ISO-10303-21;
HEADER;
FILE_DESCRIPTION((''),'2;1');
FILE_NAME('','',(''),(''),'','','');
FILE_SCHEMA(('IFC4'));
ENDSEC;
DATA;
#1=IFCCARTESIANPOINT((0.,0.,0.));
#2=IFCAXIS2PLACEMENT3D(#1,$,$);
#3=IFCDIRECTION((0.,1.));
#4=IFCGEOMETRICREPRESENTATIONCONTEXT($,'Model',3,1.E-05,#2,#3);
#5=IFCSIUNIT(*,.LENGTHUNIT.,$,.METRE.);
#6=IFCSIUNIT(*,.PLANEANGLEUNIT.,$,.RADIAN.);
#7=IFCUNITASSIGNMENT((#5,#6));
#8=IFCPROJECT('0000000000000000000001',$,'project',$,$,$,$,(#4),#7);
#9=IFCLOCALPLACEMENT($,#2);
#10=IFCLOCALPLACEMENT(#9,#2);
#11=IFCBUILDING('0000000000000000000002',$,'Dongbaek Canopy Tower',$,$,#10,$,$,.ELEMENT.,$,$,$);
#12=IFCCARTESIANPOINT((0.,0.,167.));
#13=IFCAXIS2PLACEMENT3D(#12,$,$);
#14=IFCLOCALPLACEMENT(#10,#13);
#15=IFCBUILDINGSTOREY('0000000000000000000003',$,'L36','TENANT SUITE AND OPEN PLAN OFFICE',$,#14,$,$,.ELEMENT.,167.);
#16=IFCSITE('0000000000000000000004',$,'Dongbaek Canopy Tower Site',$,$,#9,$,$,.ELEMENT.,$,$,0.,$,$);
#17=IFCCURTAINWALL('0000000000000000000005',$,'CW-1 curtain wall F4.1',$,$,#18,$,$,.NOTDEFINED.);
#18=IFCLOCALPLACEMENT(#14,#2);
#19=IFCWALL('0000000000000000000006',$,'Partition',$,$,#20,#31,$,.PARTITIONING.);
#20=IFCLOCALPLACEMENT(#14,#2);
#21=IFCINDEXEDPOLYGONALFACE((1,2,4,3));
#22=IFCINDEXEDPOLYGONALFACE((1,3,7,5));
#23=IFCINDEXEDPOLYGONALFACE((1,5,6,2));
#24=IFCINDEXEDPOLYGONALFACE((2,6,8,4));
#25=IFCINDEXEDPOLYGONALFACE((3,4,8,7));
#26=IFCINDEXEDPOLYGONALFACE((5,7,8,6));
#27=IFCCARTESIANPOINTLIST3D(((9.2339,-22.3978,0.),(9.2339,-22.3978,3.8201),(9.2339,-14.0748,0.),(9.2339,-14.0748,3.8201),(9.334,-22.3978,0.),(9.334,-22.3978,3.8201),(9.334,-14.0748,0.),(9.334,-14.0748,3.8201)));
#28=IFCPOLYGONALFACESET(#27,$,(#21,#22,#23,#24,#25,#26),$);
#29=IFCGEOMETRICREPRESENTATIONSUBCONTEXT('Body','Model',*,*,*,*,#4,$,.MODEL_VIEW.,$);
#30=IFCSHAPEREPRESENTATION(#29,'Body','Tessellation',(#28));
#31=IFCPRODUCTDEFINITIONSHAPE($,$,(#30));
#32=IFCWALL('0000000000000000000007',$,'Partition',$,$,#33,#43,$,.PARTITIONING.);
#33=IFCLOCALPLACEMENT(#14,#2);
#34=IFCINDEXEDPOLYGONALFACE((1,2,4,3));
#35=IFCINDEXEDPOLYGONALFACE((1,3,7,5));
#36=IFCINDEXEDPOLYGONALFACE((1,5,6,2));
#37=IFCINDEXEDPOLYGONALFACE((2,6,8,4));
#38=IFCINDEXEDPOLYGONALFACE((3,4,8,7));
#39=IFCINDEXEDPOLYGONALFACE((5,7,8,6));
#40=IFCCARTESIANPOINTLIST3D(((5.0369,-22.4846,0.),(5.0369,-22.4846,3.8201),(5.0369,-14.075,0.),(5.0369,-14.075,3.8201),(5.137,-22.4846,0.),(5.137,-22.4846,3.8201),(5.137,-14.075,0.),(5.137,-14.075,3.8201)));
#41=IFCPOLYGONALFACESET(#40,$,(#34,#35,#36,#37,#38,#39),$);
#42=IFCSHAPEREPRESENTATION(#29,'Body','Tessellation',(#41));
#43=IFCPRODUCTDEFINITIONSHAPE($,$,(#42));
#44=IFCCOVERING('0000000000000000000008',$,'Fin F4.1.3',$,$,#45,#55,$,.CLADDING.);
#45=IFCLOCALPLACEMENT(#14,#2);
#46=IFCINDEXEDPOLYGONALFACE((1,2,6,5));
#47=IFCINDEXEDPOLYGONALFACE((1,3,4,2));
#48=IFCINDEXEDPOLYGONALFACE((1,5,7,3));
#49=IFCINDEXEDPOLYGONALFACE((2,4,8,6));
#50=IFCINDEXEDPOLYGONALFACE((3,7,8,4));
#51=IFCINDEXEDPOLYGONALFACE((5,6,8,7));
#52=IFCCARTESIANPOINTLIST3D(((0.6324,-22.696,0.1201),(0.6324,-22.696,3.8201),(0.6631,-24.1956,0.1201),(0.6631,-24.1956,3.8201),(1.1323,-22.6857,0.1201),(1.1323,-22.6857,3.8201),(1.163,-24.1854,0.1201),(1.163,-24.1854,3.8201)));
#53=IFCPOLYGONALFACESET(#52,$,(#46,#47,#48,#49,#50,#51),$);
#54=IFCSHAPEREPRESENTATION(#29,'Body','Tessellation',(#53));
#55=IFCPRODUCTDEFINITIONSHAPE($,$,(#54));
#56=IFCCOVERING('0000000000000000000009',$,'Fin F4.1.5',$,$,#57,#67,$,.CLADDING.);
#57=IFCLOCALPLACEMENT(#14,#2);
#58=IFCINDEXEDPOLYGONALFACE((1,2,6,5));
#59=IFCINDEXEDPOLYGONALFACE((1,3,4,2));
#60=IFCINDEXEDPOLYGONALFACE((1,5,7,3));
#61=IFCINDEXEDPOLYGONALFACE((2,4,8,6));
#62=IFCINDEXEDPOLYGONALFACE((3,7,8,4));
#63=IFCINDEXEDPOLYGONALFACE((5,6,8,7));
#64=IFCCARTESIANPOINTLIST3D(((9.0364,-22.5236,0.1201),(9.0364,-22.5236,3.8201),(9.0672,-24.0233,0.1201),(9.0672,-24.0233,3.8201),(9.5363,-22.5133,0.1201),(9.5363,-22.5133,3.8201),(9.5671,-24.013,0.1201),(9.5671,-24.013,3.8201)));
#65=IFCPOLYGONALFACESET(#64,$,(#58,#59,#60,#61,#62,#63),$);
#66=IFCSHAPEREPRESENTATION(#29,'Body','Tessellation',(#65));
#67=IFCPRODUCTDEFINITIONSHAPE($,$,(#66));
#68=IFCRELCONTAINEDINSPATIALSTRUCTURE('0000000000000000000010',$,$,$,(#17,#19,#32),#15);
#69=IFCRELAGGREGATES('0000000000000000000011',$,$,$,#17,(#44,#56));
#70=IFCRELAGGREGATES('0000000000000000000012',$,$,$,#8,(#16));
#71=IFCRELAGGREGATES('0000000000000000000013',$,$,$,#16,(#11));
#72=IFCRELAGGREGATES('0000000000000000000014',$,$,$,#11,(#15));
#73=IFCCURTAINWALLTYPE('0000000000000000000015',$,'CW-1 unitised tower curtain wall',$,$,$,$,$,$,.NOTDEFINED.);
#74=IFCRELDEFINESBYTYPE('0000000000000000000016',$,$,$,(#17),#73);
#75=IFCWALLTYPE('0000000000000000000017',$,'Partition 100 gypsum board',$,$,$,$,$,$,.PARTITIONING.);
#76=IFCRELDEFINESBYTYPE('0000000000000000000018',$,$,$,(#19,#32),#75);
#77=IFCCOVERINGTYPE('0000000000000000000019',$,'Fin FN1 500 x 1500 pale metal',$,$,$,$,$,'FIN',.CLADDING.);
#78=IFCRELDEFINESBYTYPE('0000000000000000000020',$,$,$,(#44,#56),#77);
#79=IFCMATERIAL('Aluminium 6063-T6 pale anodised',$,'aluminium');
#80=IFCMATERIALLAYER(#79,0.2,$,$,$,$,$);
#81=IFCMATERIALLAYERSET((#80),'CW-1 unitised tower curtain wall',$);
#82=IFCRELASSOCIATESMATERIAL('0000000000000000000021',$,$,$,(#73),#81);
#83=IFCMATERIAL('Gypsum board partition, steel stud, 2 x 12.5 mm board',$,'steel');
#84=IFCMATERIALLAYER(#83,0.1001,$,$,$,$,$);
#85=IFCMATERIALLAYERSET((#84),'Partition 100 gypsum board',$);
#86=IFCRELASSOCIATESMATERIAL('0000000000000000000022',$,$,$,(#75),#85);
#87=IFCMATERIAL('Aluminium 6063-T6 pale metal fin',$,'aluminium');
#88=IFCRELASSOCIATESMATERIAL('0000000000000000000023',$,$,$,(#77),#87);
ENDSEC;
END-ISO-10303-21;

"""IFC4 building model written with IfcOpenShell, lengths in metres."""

from ifc_helpers import new_model, si_unit, direction, frame, frame_2d, origin, origin_2d, place, context, subcontext, project, spatial, rectangle, extrude, material, layer, layer_set, material_profile, profile_set, type_object, element, aggregate, save


model = new_model("IFC4")

# Units and contexts
model_context = context("Model", 3, precision=1e-05, world=origin(), true_north=direction((0.0, 1.0)))
body_context = subcontext(model_context, "Body", "Model", "MODEL_VIEW")
ifc_project = project(units=[si_unit("LENGTHUNIT", "METRE"), si_unit("PLANEANGLEUNIT", "RADIAN")], contexts=[model_context])

# Site, building, storey
site_placement = place(None, origin())
site = spatial("IfcSite", under=ifc_project, at=site_placement, Name="Dongbaek Canopy Tower Site", CompositionType="ELEMENT", RefElevation=0.0)
building_placement = place(site_placement, origin())
building = spatial("IfcBuilding", under=site, at=building_placement, Name="Dongbaek Canopy Tower", CompositionType="ELEMENT")
storey_placement = place(building_placement, frame((0.0, 0.0, 167.0)))
storey = spatial("IfcBuildingStorey", under=building, at=storey_placement, Name="L36", Description="TENANT SUITE AND OPEN PLAN OFFICE", CompositionType="ELEMENT", Elevation=167.0)

# Curtain wall
ifc_material_1 = material(Name="Aluminium 6063-T6 pale anodised", Category="aluminium")
ifc_layer_1 = layer(ifc_material_1, 0.2)
ifc_layer_set_1 = layer_set([ifc_layer_1], Name="CW-1 unitised tower curtain wall")
curtain_wall_type = type_object("IfcCurtainWallType", Name="CW-1 unitised tower curtain wall", PredefinedType="NOTDEFINED", material=ifc_layer_set_1)
curtain_wall_1_placement = place(storey_placement, origin())
curtain_wall_1 = element("IfcCurtainWall", 1, at=curtain_wall_1_placement, inside=storey, type_object=curtain_wall_type, Name="CW-1 curtain wall F4.1", PredefinedType="NOTDEFINED")

# Walls
ifc_material_2 = material(Name="Gypsum board partition, steel stud, 2 x 12.5 mm board", Category="steel")
ifc_layer_2 = layer(ifc_material_2, 0.1001)
ifc_layer_set_2 = layer_set([ifc_layer_2], Name="Partition 100 gypsum board")
wall_type = type_object("IfcWallType", Name="Partition 100 gypsum board", PredefinedType="PARTITIONING", material=ifc_layer_set_2)
wall_1_placement = place(storey_placement, frame((9.2839, -22.3979, 0.0), z_axis=(0.0, 0.0, 1.0), x_axis=(0.0, 1.0, 0.0)))
element("IfcWall", 2, at=wall_1_placement, inside=storey, type_object=wall_type, Name="Partition", PredefinedType="PARTITIONING", context=body_context, shape_type="SweptSolid", body=[
    extrude(rectangle(XDim=8.323, YDim=0.1001, at=frame_2d((4.1616, 0.0))), origin(), (0.0, 0.0, 1.0), 3.8201),
])
wall_2_placement = place(storey_placement, frame((5.0869, -22.4846, 0.0), z_axis=(0.0, 0.0, 1.0), x_axis=(0.0, 1.0, 0.0)))
element("IfcWall", 3, at=wall_2_placement, inside=storey, type_object=wall_type, Name="Partition", PredefinedType="PARTITIONING", context=body_context, shape_type="SweptSolid", body=[
    extrude(rectangle(XDim=8.4097, YDim=0.1001, at=frame_2d((4.2048, 0.0))), origin(), (0.0, 0.0, 1.0), 3.8201),
])

# Coverings
ifc_material_3 = material(Name="Aluminium 6063-T6 pale metal fin", Category="aluminium")
ifc_material_profile_1 = material_profile(ifc_material_3, rectangle(XDim=1.5, YDim=0.5, at=origin_2d()), Name="Fin FN1 500 x 1500 pale metal")
ifc_profile_set_1 = profile_set([ifc_material_profile_1], Name="Aluminium 6063-T6 pale metal fin")
covering_type = type_object("IfcCoveringType", Name="Fin FN1 500 x 1500 pale metal", ElementType="FIN", PredefinedType="CLADDING", material=ifc_profile_set_1)
covering_1_placement = place(storey_placement, frame((0.8977, -23.4407, 0.1201), z_axis=(0.0, 0.0, 1.0), x_axis=(0.020515, -0.99979, 0.0)))
covering_1 = element("IfcCovering", 4, at=covering_1_placement, type_object=covering_type, Name="Fin F4.1.3", PredefinedType="CLADDING", context=body_context, shape_type="SweptSolid", body=[
    extrude(rectangle(XDim=1.5, YDim=0.5, at=origin_2d()), origin(), (0.0, 0.0, 1.0), 3.7),
])
covering_2_placement = place(storey_placement, frame((9.3018, -23.2683, 0.1201), z_axis=(0.0, 0.0, 1.0), x_axis=(0.020515, -0.99979, 0.0)))
covering_2 = element("IfcCovering", 5, at=covering_2_placement, type_object=covering_type, Name="Fin F4.1.5", PredefinedType="CLADDING", context=body_context, shape_type="SweptSolid", body=[
    extrude(rectangle(XDim=1.5, YDim=0.5, at=origin_2d()), origin(), (0.0, 0.0, 1.0), 3.7),
])
aggregate(curtain_wall_1, [covering_1, covering_2])

save(model, "model.ifc")
